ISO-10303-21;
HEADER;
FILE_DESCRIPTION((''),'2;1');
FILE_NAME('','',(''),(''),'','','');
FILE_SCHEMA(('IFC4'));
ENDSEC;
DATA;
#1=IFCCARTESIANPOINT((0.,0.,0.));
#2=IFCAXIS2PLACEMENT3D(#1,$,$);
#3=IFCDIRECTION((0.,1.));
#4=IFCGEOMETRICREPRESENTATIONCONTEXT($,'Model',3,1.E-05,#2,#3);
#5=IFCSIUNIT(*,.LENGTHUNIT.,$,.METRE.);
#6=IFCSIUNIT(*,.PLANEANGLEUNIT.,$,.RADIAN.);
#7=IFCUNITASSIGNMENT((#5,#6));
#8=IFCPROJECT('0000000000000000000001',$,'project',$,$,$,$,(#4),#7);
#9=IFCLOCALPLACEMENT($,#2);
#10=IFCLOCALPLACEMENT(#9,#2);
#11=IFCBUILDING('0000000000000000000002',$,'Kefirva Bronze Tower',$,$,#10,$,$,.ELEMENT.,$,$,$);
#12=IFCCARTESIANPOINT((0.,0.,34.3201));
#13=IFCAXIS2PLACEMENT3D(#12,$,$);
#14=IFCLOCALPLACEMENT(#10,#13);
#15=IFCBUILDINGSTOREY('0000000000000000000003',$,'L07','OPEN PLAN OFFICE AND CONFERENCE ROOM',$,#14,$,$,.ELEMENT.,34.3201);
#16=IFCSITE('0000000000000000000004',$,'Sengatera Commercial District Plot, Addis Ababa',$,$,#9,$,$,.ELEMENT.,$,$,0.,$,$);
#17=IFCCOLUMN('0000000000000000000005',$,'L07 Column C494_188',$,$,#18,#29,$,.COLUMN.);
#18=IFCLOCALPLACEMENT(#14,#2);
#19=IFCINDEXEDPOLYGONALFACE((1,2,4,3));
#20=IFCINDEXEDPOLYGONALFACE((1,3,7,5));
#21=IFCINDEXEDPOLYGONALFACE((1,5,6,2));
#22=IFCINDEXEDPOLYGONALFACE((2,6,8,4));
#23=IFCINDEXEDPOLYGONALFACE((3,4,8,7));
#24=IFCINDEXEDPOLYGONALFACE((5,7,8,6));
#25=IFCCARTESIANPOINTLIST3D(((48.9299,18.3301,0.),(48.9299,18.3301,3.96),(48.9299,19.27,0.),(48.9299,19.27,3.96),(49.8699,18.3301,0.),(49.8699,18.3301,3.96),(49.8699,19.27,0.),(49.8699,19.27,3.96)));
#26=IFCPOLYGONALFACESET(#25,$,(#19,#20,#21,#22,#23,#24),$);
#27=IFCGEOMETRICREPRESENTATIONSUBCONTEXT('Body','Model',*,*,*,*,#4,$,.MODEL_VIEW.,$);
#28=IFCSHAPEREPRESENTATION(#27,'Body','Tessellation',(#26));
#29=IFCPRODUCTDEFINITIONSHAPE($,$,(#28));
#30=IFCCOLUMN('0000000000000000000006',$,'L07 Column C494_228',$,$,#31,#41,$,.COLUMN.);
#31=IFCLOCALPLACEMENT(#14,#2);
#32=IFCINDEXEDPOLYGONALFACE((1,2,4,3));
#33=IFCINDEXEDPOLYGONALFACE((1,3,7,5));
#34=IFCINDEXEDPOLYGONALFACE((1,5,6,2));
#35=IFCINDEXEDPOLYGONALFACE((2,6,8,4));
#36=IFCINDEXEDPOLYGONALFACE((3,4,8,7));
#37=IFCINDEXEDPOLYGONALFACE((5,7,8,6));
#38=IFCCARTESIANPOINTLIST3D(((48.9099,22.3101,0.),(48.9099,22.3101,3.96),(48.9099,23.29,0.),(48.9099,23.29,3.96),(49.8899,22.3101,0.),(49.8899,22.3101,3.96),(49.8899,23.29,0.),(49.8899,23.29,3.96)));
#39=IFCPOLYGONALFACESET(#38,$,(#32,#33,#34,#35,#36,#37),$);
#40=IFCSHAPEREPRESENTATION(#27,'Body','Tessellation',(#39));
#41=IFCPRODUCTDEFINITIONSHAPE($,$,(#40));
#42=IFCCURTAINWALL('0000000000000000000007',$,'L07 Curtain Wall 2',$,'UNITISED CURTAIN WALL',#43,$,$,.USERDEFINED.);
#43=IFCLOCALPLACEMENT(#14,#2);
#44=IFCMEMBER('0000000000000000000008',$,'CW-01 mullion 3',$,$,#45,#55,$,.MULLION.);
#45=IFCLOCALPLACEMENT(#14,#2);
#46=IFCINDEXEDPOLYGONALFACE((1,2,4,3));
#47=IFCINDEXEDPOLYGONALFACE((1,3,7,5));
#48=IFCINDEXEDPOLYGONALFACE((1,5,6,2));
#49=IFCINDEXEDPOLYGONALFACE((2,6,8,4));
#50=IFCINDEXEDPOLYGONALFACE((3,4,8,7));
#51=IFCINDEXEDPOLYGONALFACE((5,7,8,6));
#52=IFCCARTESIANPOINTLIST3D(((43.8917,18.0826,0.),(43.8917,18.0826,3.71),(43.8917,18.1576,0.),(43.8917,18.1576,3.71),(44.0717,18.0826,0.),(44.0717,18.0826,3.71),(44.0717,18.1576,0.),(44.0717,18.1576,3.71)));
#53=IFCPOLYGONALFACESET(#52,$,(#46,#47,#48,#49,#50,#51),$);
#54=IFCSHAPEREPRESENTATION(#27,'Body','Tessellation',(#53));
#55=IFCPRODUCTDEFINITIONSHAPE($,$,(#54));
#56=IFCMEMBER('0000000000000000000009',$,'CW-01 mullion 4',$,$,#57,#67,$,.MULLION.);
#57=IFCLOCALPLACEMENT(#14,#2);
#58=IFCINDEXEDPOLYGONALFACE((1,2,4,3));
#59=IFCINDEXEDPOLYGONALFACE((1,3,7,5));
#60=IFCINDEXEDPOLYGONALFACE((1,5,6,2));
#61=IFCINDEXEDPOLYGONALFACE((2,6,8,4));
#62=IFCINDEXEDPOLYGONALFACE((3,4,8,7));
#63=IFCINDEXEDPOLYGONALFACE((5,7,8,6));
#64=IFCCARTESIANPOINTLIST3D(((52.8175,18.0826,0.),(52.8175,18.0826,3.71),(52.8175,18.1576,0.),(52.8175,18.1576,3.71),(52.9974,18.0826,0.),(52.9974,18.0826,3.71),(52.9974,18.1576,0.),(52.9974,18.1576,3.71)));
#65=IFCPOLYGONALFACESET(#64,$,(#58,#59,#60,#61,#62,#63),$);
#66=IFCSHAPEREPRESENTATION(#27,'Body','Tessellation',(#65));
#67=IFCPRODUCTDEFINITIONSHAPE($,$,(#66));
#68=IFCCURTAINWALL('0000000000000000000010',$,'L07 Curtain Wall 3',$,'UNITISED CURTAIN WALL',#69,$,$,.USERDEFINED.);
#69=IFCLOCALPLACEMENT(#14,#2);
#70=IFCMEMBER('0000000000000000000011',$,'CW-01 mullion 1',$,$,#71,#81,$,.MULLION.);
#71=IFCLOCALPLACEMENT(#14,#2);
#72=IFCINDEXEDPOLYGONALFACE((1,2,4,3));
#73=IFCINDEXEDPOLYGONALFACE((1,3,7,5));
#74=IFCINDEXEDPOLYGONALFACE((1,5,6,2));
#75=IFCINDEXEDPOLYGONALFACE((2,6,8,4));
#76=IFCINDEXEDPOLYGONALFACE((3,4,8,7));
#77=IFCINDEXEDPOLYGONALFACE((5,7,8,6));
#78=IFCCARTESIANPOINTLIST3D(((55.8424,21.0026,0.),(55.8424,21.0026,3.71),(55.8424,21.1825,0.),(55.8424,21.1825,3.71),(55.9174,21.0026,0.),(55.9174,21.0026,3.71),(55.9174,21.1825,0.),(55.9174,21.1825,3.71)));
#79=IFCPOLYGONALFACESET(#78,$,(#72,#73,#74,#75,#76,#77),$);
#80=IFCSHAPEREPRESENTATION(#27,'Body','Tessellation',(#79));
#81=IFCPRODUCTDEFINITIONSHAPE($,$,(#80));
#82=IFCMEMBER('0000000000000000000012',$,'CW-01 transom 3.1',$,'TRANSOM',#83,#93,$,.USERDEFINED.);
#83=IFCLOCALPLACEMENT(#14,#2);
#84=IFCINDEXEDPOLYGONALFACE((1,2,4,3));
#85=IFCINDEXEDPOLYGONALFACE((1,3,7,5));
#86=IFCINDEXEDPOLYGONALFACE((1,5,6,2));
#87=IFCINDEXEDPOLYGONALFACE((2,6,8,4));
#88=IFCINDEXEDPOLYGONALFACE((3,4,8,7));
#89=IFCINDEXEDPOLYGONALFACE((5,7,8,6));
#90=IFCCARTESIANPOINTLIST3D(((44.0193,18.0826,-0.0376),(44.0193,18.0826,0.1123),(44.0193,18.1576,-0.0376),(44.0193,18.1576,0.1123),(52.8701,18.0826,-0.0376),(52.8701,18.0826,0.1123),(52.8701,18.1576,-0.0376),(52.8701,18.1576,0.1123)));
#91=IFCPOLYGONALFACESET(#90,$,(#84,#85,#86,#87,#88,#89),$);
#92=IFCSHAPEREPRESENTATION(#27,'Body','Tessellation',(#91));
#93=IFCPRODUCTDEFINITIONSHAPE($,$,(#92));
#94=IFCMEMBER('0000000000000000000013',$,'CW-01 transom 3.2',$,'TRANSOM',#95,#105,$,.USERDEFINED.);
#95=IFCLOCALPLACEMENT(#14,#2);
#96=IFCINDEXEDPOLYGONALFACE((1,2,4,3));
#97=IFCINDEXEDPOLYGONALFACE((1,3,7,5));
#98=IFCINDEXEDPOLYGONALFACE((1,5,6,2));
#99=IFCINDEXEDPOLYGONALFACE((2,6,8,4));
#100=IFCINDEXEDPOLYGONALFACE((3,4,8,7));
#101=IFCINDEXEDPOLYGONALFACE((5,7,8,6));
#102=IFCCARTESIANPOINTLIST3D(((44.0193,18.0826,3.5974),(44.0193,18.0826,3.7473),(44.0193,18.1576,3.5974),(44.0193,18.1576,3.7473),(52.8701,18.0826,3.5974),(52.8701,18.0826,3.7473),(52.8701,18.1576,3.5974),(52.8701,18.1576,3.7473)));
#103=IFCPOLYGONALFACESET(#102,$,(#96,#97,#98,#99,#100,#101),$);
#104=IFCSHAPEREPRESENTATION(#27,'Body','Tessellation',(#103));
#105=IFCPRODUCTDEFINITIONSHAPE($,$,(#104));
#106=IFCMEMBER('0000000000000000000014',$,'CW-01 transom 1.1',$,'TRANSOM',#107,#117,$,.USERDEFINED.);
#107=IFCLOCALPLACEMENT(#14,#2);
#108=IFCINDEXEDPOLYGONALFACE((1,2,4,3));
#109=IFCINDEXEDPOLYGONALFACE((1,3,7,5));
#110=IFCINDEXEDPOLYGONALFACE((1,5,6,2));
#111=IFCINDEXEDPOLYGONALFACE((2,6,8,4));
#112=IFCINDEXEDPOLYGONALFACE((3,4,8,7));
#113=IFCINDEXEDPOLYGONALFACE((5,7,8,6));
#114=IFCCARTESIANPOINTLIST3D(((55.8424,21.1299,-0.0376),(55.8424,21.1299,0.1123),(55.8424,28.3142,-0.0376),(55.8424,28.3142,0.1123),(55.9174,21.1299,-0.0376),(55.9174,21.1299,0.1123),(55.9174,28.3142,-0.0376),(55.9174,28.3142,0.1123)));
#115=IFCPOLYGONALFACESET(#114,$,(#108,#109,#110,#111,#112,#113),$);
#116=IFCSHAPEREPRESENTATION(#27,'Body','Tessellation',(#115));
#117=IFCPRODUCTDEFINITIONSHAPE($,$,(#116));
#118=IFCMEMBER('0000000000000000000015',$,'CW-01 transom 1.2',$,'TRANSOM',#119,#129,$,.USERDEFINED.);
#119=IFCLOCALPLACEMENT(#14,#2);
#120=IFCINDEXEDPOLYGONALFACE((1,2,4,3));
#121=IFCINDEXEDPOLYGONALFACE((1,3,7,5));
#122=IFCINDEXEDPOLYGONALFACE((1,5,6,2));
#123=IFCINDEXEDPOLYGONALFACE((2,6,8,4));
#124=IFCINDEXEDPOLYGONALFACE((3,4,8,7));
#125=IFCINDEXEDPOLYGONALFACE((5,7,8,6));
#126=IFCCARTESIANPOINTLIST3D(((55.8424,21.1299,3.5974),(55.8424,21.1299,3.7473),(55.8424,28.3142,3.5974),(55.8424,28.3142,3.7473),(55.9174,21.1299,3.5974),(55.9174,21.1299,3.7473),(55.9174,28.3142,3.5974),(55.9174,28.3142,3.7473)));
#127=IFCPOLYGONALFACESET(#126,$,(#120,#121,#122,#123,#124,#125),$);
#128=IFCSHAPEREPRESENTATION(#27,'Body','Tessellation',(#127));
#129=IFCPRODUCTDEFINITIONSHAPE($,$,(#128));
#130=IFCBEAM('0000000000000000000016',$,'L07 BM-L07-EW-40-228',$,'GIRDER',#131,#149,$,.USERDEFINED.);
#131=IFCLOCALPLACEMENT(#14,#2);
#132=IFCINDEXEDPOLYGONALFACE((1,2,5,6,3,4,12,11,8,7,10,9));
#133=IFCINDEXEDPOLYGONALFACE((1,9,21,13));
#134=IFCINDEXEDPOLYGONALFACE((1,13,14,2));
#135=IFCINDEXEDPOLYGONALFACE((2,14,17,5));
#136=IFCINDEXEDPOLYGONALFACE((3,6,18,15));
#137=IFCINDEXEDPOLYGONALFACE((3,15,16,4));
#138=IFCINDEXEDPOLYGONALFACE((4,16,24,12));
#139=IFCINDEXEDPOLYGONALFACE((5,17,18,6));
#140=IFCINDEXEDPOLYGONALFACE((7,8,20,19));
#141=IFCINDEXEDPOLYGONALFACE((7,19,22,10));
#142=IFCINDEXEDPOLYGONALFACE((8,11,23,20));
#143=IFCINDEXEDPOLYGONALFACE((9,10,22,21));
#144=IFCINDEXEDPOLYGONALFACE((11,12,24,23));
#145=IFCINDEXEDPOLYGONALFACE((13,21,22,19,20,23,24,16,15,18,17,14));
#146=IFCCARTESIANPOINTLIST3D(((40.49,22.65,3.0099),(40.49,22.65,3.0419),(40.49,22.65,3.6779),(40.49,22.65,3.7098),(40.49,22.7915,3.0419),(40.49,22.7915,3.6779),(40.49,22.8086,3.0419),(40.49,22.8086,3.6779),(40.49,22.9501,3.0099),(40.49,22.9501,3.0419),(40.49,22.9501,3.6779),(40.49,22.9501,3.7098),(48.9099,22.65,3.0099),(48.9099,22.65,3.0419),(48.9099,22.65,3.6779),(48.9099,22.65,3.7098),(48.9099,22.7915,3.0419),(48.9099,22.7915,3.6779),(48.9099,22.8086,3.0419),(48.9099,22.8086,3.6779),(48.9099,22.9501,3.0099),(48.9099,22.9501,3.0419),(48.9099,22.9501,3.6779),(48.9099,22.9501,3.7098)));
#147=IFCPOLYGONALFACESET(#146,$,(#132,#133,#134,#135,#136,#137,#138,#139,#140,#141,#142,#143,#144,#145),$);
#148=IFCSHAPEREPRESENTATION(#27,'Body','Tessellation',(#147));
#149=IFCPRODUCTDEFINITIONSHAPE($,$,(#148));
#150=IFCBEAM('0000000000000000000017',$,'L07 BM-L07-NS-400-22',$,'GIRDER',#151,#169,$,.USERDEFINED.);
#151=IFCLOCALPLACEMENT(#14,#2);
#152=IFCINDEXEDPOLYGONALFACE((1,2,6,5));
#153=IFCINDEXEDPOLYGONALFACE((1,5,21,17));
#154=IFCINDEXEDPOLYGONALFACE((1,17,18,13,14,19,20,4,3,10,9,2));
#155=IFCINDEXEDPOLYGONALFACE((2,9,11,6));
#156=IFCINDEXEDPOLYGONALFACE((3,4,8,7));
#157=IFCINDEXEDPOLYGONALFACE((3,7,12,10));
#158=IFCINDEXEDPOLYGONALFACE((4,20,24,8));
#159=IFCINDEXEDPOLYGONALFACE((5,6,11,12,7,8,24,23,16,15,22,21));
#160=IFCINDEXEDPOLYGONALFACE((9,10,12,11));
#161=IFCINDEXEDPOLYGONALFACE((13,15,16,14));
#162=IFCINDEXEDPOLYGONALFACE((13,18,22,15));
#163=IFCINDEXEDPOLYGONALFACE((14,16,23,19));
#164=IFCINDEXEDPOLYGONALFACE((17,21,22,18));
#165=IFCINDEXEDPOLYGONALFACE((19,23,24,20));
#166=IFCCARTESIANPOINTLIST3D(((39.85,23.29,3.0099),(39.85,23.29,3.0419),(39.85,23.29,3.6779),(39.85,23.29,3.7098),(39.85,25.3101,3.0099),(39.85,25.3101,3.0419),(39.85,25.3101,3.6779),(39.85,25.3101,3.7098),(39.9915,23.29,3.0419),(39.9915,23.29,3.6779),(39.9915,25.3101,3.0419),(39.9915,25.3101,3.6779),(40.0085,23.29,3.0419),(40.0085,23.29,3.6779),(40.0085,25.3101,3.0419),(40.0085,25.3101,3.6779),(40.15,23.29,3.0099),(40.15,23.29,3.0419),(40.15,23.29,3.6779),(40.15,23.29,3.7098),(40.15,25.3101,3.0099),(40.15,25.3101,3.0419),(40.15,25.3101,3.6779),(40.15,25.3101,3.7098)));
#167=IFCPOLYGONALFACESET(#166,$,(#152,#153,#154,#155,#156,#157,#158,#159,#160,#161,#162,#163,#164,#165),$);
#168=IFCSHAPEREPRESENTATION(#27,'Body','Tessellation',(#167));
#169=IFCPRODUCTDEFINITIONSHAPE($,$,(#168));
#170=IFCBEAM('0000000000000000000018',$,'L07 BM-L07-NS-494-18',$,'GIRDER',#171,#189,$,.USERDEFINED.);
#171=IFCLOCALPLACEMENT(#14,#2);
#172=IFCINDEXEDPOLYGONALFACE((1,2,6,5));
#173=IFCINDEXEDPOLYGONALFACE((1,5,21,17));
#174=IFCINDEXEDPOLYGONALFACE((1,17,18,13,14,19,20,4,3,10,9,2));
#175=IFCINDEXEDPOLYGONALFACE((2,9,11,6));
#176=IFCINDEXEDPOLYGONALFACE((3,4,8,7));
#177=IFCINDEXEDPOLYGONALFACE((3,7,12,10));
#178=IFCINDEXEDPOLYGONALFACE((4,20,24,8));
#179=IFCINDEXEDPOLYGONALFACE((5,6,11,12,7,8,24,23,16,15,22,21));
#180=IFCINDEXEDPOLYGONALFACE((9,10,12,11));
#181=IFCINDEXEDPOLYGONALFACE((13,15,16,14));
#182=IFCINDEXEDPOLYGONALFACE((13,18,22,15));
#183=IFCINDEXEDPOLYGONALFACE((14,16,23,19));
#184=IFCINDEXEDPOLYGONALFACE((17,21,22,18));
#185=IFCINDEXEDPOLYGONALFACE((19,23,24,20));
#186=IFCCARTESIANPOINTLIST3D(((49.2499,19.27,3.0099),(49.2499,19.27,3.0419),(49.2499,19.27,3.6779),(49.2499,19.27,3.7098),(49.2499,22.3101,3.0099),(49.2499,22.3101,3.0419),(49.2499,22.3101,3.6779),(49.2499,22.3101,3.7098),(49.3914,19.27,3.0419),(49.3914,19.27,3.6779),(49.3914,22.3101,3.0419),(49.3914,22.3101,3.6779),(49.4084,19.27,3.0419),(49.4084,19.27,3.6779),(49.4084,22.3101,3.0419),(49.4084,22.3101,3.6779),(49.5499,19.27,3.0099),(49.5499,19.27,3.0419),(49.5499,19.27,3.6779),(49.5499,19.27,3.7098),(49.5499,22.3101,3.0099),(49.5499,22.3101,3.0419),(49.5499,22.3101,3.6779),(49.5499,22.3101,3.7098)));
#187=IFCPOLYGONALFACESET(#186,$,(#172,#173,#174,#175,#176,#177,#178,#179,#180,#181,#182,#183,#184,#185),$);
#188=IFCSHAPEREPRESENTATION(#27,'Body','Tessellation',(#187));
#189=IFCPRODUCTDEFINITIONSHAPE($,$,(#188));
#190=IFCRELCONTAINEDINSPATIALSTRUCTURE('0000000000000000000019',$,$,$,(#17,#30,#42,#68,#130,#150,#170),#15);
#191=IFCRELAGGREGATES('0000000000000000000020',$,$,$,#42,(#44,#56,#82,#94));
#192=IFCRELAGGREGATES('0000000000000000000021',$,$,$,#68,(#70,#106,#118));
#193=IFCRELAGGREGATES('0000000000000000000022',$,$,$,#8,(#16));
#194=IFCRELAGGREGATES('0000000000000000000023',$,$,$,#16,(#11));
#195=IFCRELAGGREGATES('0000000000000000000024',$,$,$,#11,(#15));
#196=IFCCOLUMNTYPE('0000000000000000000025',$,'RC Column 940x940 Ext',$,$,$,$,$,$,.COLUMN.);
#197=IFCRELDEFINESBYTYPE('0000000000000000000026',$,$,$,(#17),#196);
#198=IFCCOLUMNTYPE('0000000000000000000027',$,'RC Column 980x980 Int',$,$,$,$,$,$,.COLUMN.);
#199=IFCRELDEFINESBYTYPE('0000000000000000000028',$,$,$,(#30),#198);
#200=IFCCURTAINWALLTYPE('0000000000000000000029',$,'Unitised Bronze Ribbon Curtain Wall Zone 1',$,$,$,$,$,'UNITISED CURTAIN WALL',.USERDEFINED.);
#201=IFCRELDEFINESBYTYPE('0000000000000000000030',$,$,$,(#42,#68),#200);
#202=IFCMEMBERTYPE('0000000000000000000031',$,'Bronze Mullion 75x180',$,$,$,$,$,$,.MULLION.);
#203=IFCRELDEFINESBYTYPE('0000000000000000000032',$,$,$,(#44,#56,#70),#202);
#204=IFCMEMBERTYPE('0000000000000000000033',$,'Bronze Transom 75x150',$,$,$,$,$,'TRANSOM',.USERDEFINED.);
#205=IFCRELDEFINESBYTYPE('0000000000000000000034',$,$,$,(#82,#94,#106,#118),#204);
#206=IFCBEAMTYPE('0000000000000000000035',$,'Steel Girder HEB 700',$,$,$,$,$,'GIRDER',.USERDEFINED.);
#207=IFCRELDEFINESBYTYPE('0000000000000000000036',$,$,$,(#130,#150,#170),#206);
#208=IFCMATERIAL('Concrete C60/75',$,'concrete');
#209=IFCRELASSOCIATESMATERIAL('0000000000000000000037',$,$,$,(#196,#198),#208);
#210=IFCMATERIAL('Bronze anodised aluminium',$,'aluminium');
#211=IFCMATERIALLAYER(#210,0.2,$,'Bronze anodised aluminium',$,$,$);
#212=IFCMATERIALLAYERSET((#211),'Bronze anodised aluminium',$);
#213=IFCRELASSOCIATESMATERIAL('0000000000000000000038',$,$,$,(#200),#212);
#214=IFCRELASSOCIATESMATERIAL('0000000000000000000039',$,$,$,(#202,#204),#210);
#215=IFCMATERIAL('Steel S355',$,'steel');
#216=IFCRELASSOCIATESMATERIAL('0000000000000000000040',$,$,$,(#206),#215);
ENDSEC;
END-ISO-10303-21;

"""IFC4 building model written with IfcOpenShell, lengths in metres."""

from ifc_helpers import new_model, si_unit, direction, frame, origin, origin_2d, place, context, subcontext, project, spatial, rectangle, i_section, extrude, material, layer, layer_set, material_profile, profile_set, type_object, element, aggregate, save


model = new_model("IFC4")

# Units and contexts
model_context = context("Model", 3, precision=1e-05, world=origin(), true_north=direction((0.0, 1.0)))
body_context = subcontext(model_context, "Body", "Model", "MODEL_VIEW")
ifc_project = project(units=[si_unit("LENGTHUNIT", "METRE"), si_unit("PLANEANGLEUNIT", "RADIAN")], contexts=[model_context])

# Site, building, storey
site_placement = place(None, origin())
site = spatial("IfcSite", under=ifc_project, at=site_placement, Name="Sengatera Commercial District Plot, Addis Ababa", CompositionType="ELEMENT", RefElevation=0.0)
building_placement = place(site_placement, origin())
building = spatial("IfcBuilding", under=site, at=building_placement, Name="Kefirva Bronze Tower", CompositionType="ELEMENT")
storey_placement = place(building_placement, frame((0.0, 0.0, 34.3201)))
storey = spatial("IfcBuildingStorey", under=building, at=storey_placement, Name="L07", Description="OPEN PLAN OFFICE AND CONFERENCE ROOM", CompositionType="ELEMENT", Elevation=34.3201)

# Columns
ifc_material_1 = material(Name="Concrete C60/75", Category="concrete")
ifc_material_profile_1 = material_profile(ifc_material_1, rectangle(XDim=0.9399, YDim=0.9399, at=origin_2d()), Name="RC 940x940")
ifc_profile_set_1 = profile_set([ifc_material_profile_1], Name="Concrete C60/75")
column_type_1 = type_object("IfcColumnType", Name="RC Column 940x940 Ext", PredefinedType="COLUMN", material=ifc_profile_set_1)
column_1_placement = place(storey_placement, frame((49.3999, 18.8, 0.0), z_axis=(0.0, 0.0, 1.0), x_axis=(1.0, 0.0, 0.0)))
element("IfcColumn", 1, at=column_1_placement, inside=storey, type_object=column_type_1, Name="L07 Column C494_188", PredefinedType="COLUMN", context=body_context, shape_type="SweptSolid", body=[
    extrude(rectangle(XDim=0.9399, YDim=0.9399, at=origin_2d()), origin(), (0.0, 0.0, 1.0), 3.96),
])
ifc_material_profile_2 = material_profile(ifc_material_1, rectangle(XDim=0.98, YDim=0.98, at=origin_2d()), Name="RC 980x980")
ifc_profile_set_2 = profile_set([ifc_material_profile_2], Name="Concrete C60/75")
column_type_2 = type_object("IfcColumnType", Name="RC Column 980x980 Int", PredefinedType="COLUMN", material=ifc_profile_set_2)
column_2_placement = place(storey_placement, frame((49.3999, 22.8, 0.0), z_axis=(0.0, 0.0, 1.0), x_axis=(1.0, 0.0, 0.0)))
element("IfcColumn", 2, at=column_2_placement, inside=storey, type_object=column_type_2, Name="L07 Column C494_228", PredefinedType="COLUMN", context=body_context, shape_type="SweptSolid", body=[
    extrude(rectangle(XDim=0.98, YDim=0.98, at=origin_2d()), origin(), (0.0, 0.0, 1.0), 3.96),
])

# Curtain wall, members
ifc_material_2 = material(Name="Bronze anodised aluminium", Category="aluminium")
ifc_layer_1 = layer(ifc_material_2, 0.2, Name="Bronze anodised aluminium")
ifc_layer_set_1 = layer_set([ifc_layer_1], Name="Bronze anodised aluminium")
curtain_wall_type = type_object("IfcCurtainWallType", Name="Unitised Bronze Ribbon Curtain Wall Zone 1", ElementType="UNITISED CURTAIN WALL", PredefinedType="USERDEFINED", material=ifc_layer_set_1)
curtain_wall_1_placement = place(storey_placement, origin())
curtain_wall_1 = element("IfcCurtainWall", 3, at=curtain_wall_1_placement, inside=storey, type_object=curtain_wall_type, Name="L07 Curtain Wall 2", ObjectType="UNITISED CURTAIN WALL", PredefinedType="USERDEFINED")
ifc_material_profile_3 = material_profile(ifc_material_2, rectangle(XDim=0.075, YDim=0.1799, at=origin_2d()), Name="ALU 75x180")
ifc_profile_set_3 = profile_set([ifc_material_profile_3], Name="Bronze anodised aluminium")
member_type_1 = type_object("IfcMemberType", Name="Bronze Mullion 75x180", PredefinedType="MULLION", material=ifc_profile_set_3)
member_1_placement = place(storey_placement, frame((43.9817, 18.1201, 0.0), z_axis=(0.0, 0.0, 1.0), x_axis=(0.0, 1.0, 0.0)))
member_1 = element("IfcMember", 4, at=member_1_placement, type_object=member_type_1, Name="CW-01 mullion 3", PredefinedType="MULLION", context=body_context, shape_type="SweptSolid", body=[
    extrude(rectangle(XDim=0.075, YDim=0.1799, at=origin_2d()), origin(), (0.0, 0.0, 1.0), 3.71),
])
member_2_placement = place(storey_placement, frame((52.9075, 18.1201, 0.0), z_axis=(0.0, 0.0, 1.0), x_axis=(0.0, 1.0, 0.0)))
member_2 = element("IfcMember", 5, at=member_2_placement, type_object=member_type_1, Name="CW-01 mullion 4", PredefinedType="MULLION", context=body_context, shape_type="SweptSolid", body=[
    extrude(rectangle(XDim=0.075, YDim=0.1799, at=origin_2d()), origin(), (0.0, 0.0, 1.0), 3.71),
])

# Curtain wall, member
curtain_wall_2_placement = place(storey_placement, origin())
curtain_wall_2 = element("IfcCurtainWall", 6, at=curtain_wall_2_placement, inside=storey, type_object=curtain_wall_type, Name="L07 Curtain Wall 3", ObjectType="UNITISED CURTAIN WALL", PredefinedType="USERDEFINED")
member_3_placement = place(storey_placement, frame((55.8799, 21.0925, 0.0), z_axis=(0.0, 0.0, 1.0), x_axis=(-1.0, 0.0, 0.0)))
member_3 = element("IfcMember", 7, at=member_3_placement, type_object=member_type_1, Name="CW-01 mullion 1", PredefinedType="MULLION", context=body_context, shape_type="SweptSolid", body=[
    extrude(rectangle(XDim=0.075, YDim=0.1799, at=origin_2d()), origin(), (0.0, 0.0, 1.0), 3.71),
])

# Members
ifc_material_profile_4 = material_profile(ifc_material_2, rectangle(XDim=0.075, YDim=0.1499, at=origin_2d()), Name="ALU 75x150")
ifc_profile_set_4 = profile_set([ifc_material_profile_4], Name="Bronze anodised aluminium")
member_type_2 = type_object("IfcMemberType", Name="Bronze Transom 75x150", ElementType="TRANSOM", PredefinedType="USERDEFINED", material=ifc_profile_set_4)
member_4_placement = place(storey_placement, frame((44.0193, 18.1201, 0.0374), z_axis=(1.0, 0.0, 0.0), x_axis=(0.0, 1.0, 0.0)))
member_4 = element("IfcMember", 8, at=member_4_placement, type_object=member_type_2, Name="CW-01 transom 3.1", ObjectType="TRANSOM", PredefinedType="USERDEFINED", context=body_context, shape_type="SweptSolid", body=[
    extrude(rectangle(XDim=0.075, YDim=0.1499, at=origin_2d()), origin(), (0.0, 0.0, 1.0), 8.8508),
])
member_5_placement = place(storey_placement, frame((44.0193, 18.1201, 3.6724), z_axis=(1.0, 0.0, 0.0), x_axis=(0.0, 1.0, 0.0)))
member_5 = element("IfcMember", 9, at=member_5_placement, type_object=member_type_2, Name="CW-01 transom 3.2", ObjectType="TRANSOM", PredefinedType="USERDEFINED", context=body_context, shape_type="SweptSolid", body=[
    extrude(rectangle(XDim=0.075, YDim=0.1499, at=origin_2d()), origin(), (0.0, 0.0, 1.0), 8.8508),
])
member_6_placement = place(storey_placement, frame((55.8799, 21.1299, 0.0374), z_axis=(0.0, 1.0, 0.0), x_axis=(-1.0, 0.0, 0.0)))
member_6 = element("IfcMember", 10, at=member_6_placement, type_object=member_type_2, Name="CW-01 transom 1.1", ObjectType="TRANSOM", PredefinedType="USERDEFINED", context=body_context, shape_type="SweptSolid", body=[
    extrude(rectangle(XDim=0.075, YDim=0.1499, at=origin_2d()), origin(), (0.0, 0.0, 1.0), 7.1843),
])
member_7_placement = place(storey_placement, frame((55.8799, 21.1299, 3.6724), z_axis=(0.0, 1.0, 0.0), x_axis=(-1.0, 0.0, 0.0)))
member_7 = element("IfcMember", 11, at=member_7_placement, type_object=member_type_2, Name="CW-01 transom 1.2", ObjectType="TRANSOM", PredefinedType="USERDEFINED", context=body_context, shape_type="SweptSolid", body=[
    extrude(rectangle(XDim=0.075, YDim=0.1499, at=origin_2d()), origin(), (0.0, 0.0, 1.0), 7.1843),
])

# Beams
ifc_material_3 = material(Name="Steel S355", Category="steel")
ifc_material_profile_5 = material_profile(ifc_material_3, i_section(OverallWidth=0.3, OverallDepth=0.7, WebThickness=0.0171, FlangeThickness=0.032, at=origin_2d()), Name="HEB 700")
ifc_profile_set_5 = profile_set([ifc_material_profile_5], Name="Steel S355")
beam_type_1 = type_object("IfcBeamType", Name="Steel Girder HEB 700", ElementType="GIRDER", PredefinedType="USERDEFINED", material=ifc_profile_set_5)
beam_1_placement = place(storey_placement, frame((40.49, 22.8, 3.3599), z_axis=(1.0, 0.0, 0.0), x_axis=(0.0, 1.0, 0.0)))
element("IfcBeam", 12, at=beam_1_placement, inside=storey, type_object=beam_type_1, Name="L07 BM-L07-EW-40-228", ObjectType="GIRDER", PredefinedType="USERDEFINED", context=body_context, shape_type="SweptSolid", body=[
    extrude(i_section(OverallWidth=0.3, OverallDepth=0.7, WebThickness=0.0171, FlangeThickness=0.032, at=origin_2d()), origin(), (0.0, 0.0, 1.0), 8.4199),
])
beam_2_placement = place(storey_placement, frame((40.0, 23.29, 3.3599), z_axis=(0.0, 1.0, 0.0), x_axis=(-1.0, 0.0, 0.0)))
element("IfcBeam", 13, at=beam_2_placement, inside=storey, type_object=beam_type_1, Name="L07 BM-L07-NS-400-22", ObjectType="GIRDER", PredefinedType="USERDEFINED", context=body_context, shape_type="SweptSolid", body=[
    extrude(i_section(OverallWidth=0.3, OverallDepth=0.7, WebThickness=0.0171, FlangeThickness=0.032, at=origin_2d()), origin(), (0.0, 0.0, 1.0), 2.02),
])
beam_3_placement = place(storey_placement, frame((49.3999, 19.27, 3.3599), z_axis=(0.0, 1.0, 0.0), x_axis=(-1.0, 0.0, 0.0)))
element("IfcBeam", 14, at=beam_3_placement, inside=storey, type_object=beam_type_1, Name="L07 BM-L07-NS-494-18", ObjectType="GIRDER", PredefinedType="USERDEFINED", context=body_context, shape_type="SweptSolid", body=[
    extrude(i_section(OverallWidth=0.3, OverallDepth=0.7, WebThickness=0.0171, FlangeThickness=0.032, at=origin_2d()), origin(), (0.0, 0.0, 1.0), 3.04),
])

aggregate(curtain_wall_1, [member_1, member_2, member_4, member_5])
aggregate(curtain_wall_2, [member_3, member_6, member_7])

save(model, "model.ifc")
